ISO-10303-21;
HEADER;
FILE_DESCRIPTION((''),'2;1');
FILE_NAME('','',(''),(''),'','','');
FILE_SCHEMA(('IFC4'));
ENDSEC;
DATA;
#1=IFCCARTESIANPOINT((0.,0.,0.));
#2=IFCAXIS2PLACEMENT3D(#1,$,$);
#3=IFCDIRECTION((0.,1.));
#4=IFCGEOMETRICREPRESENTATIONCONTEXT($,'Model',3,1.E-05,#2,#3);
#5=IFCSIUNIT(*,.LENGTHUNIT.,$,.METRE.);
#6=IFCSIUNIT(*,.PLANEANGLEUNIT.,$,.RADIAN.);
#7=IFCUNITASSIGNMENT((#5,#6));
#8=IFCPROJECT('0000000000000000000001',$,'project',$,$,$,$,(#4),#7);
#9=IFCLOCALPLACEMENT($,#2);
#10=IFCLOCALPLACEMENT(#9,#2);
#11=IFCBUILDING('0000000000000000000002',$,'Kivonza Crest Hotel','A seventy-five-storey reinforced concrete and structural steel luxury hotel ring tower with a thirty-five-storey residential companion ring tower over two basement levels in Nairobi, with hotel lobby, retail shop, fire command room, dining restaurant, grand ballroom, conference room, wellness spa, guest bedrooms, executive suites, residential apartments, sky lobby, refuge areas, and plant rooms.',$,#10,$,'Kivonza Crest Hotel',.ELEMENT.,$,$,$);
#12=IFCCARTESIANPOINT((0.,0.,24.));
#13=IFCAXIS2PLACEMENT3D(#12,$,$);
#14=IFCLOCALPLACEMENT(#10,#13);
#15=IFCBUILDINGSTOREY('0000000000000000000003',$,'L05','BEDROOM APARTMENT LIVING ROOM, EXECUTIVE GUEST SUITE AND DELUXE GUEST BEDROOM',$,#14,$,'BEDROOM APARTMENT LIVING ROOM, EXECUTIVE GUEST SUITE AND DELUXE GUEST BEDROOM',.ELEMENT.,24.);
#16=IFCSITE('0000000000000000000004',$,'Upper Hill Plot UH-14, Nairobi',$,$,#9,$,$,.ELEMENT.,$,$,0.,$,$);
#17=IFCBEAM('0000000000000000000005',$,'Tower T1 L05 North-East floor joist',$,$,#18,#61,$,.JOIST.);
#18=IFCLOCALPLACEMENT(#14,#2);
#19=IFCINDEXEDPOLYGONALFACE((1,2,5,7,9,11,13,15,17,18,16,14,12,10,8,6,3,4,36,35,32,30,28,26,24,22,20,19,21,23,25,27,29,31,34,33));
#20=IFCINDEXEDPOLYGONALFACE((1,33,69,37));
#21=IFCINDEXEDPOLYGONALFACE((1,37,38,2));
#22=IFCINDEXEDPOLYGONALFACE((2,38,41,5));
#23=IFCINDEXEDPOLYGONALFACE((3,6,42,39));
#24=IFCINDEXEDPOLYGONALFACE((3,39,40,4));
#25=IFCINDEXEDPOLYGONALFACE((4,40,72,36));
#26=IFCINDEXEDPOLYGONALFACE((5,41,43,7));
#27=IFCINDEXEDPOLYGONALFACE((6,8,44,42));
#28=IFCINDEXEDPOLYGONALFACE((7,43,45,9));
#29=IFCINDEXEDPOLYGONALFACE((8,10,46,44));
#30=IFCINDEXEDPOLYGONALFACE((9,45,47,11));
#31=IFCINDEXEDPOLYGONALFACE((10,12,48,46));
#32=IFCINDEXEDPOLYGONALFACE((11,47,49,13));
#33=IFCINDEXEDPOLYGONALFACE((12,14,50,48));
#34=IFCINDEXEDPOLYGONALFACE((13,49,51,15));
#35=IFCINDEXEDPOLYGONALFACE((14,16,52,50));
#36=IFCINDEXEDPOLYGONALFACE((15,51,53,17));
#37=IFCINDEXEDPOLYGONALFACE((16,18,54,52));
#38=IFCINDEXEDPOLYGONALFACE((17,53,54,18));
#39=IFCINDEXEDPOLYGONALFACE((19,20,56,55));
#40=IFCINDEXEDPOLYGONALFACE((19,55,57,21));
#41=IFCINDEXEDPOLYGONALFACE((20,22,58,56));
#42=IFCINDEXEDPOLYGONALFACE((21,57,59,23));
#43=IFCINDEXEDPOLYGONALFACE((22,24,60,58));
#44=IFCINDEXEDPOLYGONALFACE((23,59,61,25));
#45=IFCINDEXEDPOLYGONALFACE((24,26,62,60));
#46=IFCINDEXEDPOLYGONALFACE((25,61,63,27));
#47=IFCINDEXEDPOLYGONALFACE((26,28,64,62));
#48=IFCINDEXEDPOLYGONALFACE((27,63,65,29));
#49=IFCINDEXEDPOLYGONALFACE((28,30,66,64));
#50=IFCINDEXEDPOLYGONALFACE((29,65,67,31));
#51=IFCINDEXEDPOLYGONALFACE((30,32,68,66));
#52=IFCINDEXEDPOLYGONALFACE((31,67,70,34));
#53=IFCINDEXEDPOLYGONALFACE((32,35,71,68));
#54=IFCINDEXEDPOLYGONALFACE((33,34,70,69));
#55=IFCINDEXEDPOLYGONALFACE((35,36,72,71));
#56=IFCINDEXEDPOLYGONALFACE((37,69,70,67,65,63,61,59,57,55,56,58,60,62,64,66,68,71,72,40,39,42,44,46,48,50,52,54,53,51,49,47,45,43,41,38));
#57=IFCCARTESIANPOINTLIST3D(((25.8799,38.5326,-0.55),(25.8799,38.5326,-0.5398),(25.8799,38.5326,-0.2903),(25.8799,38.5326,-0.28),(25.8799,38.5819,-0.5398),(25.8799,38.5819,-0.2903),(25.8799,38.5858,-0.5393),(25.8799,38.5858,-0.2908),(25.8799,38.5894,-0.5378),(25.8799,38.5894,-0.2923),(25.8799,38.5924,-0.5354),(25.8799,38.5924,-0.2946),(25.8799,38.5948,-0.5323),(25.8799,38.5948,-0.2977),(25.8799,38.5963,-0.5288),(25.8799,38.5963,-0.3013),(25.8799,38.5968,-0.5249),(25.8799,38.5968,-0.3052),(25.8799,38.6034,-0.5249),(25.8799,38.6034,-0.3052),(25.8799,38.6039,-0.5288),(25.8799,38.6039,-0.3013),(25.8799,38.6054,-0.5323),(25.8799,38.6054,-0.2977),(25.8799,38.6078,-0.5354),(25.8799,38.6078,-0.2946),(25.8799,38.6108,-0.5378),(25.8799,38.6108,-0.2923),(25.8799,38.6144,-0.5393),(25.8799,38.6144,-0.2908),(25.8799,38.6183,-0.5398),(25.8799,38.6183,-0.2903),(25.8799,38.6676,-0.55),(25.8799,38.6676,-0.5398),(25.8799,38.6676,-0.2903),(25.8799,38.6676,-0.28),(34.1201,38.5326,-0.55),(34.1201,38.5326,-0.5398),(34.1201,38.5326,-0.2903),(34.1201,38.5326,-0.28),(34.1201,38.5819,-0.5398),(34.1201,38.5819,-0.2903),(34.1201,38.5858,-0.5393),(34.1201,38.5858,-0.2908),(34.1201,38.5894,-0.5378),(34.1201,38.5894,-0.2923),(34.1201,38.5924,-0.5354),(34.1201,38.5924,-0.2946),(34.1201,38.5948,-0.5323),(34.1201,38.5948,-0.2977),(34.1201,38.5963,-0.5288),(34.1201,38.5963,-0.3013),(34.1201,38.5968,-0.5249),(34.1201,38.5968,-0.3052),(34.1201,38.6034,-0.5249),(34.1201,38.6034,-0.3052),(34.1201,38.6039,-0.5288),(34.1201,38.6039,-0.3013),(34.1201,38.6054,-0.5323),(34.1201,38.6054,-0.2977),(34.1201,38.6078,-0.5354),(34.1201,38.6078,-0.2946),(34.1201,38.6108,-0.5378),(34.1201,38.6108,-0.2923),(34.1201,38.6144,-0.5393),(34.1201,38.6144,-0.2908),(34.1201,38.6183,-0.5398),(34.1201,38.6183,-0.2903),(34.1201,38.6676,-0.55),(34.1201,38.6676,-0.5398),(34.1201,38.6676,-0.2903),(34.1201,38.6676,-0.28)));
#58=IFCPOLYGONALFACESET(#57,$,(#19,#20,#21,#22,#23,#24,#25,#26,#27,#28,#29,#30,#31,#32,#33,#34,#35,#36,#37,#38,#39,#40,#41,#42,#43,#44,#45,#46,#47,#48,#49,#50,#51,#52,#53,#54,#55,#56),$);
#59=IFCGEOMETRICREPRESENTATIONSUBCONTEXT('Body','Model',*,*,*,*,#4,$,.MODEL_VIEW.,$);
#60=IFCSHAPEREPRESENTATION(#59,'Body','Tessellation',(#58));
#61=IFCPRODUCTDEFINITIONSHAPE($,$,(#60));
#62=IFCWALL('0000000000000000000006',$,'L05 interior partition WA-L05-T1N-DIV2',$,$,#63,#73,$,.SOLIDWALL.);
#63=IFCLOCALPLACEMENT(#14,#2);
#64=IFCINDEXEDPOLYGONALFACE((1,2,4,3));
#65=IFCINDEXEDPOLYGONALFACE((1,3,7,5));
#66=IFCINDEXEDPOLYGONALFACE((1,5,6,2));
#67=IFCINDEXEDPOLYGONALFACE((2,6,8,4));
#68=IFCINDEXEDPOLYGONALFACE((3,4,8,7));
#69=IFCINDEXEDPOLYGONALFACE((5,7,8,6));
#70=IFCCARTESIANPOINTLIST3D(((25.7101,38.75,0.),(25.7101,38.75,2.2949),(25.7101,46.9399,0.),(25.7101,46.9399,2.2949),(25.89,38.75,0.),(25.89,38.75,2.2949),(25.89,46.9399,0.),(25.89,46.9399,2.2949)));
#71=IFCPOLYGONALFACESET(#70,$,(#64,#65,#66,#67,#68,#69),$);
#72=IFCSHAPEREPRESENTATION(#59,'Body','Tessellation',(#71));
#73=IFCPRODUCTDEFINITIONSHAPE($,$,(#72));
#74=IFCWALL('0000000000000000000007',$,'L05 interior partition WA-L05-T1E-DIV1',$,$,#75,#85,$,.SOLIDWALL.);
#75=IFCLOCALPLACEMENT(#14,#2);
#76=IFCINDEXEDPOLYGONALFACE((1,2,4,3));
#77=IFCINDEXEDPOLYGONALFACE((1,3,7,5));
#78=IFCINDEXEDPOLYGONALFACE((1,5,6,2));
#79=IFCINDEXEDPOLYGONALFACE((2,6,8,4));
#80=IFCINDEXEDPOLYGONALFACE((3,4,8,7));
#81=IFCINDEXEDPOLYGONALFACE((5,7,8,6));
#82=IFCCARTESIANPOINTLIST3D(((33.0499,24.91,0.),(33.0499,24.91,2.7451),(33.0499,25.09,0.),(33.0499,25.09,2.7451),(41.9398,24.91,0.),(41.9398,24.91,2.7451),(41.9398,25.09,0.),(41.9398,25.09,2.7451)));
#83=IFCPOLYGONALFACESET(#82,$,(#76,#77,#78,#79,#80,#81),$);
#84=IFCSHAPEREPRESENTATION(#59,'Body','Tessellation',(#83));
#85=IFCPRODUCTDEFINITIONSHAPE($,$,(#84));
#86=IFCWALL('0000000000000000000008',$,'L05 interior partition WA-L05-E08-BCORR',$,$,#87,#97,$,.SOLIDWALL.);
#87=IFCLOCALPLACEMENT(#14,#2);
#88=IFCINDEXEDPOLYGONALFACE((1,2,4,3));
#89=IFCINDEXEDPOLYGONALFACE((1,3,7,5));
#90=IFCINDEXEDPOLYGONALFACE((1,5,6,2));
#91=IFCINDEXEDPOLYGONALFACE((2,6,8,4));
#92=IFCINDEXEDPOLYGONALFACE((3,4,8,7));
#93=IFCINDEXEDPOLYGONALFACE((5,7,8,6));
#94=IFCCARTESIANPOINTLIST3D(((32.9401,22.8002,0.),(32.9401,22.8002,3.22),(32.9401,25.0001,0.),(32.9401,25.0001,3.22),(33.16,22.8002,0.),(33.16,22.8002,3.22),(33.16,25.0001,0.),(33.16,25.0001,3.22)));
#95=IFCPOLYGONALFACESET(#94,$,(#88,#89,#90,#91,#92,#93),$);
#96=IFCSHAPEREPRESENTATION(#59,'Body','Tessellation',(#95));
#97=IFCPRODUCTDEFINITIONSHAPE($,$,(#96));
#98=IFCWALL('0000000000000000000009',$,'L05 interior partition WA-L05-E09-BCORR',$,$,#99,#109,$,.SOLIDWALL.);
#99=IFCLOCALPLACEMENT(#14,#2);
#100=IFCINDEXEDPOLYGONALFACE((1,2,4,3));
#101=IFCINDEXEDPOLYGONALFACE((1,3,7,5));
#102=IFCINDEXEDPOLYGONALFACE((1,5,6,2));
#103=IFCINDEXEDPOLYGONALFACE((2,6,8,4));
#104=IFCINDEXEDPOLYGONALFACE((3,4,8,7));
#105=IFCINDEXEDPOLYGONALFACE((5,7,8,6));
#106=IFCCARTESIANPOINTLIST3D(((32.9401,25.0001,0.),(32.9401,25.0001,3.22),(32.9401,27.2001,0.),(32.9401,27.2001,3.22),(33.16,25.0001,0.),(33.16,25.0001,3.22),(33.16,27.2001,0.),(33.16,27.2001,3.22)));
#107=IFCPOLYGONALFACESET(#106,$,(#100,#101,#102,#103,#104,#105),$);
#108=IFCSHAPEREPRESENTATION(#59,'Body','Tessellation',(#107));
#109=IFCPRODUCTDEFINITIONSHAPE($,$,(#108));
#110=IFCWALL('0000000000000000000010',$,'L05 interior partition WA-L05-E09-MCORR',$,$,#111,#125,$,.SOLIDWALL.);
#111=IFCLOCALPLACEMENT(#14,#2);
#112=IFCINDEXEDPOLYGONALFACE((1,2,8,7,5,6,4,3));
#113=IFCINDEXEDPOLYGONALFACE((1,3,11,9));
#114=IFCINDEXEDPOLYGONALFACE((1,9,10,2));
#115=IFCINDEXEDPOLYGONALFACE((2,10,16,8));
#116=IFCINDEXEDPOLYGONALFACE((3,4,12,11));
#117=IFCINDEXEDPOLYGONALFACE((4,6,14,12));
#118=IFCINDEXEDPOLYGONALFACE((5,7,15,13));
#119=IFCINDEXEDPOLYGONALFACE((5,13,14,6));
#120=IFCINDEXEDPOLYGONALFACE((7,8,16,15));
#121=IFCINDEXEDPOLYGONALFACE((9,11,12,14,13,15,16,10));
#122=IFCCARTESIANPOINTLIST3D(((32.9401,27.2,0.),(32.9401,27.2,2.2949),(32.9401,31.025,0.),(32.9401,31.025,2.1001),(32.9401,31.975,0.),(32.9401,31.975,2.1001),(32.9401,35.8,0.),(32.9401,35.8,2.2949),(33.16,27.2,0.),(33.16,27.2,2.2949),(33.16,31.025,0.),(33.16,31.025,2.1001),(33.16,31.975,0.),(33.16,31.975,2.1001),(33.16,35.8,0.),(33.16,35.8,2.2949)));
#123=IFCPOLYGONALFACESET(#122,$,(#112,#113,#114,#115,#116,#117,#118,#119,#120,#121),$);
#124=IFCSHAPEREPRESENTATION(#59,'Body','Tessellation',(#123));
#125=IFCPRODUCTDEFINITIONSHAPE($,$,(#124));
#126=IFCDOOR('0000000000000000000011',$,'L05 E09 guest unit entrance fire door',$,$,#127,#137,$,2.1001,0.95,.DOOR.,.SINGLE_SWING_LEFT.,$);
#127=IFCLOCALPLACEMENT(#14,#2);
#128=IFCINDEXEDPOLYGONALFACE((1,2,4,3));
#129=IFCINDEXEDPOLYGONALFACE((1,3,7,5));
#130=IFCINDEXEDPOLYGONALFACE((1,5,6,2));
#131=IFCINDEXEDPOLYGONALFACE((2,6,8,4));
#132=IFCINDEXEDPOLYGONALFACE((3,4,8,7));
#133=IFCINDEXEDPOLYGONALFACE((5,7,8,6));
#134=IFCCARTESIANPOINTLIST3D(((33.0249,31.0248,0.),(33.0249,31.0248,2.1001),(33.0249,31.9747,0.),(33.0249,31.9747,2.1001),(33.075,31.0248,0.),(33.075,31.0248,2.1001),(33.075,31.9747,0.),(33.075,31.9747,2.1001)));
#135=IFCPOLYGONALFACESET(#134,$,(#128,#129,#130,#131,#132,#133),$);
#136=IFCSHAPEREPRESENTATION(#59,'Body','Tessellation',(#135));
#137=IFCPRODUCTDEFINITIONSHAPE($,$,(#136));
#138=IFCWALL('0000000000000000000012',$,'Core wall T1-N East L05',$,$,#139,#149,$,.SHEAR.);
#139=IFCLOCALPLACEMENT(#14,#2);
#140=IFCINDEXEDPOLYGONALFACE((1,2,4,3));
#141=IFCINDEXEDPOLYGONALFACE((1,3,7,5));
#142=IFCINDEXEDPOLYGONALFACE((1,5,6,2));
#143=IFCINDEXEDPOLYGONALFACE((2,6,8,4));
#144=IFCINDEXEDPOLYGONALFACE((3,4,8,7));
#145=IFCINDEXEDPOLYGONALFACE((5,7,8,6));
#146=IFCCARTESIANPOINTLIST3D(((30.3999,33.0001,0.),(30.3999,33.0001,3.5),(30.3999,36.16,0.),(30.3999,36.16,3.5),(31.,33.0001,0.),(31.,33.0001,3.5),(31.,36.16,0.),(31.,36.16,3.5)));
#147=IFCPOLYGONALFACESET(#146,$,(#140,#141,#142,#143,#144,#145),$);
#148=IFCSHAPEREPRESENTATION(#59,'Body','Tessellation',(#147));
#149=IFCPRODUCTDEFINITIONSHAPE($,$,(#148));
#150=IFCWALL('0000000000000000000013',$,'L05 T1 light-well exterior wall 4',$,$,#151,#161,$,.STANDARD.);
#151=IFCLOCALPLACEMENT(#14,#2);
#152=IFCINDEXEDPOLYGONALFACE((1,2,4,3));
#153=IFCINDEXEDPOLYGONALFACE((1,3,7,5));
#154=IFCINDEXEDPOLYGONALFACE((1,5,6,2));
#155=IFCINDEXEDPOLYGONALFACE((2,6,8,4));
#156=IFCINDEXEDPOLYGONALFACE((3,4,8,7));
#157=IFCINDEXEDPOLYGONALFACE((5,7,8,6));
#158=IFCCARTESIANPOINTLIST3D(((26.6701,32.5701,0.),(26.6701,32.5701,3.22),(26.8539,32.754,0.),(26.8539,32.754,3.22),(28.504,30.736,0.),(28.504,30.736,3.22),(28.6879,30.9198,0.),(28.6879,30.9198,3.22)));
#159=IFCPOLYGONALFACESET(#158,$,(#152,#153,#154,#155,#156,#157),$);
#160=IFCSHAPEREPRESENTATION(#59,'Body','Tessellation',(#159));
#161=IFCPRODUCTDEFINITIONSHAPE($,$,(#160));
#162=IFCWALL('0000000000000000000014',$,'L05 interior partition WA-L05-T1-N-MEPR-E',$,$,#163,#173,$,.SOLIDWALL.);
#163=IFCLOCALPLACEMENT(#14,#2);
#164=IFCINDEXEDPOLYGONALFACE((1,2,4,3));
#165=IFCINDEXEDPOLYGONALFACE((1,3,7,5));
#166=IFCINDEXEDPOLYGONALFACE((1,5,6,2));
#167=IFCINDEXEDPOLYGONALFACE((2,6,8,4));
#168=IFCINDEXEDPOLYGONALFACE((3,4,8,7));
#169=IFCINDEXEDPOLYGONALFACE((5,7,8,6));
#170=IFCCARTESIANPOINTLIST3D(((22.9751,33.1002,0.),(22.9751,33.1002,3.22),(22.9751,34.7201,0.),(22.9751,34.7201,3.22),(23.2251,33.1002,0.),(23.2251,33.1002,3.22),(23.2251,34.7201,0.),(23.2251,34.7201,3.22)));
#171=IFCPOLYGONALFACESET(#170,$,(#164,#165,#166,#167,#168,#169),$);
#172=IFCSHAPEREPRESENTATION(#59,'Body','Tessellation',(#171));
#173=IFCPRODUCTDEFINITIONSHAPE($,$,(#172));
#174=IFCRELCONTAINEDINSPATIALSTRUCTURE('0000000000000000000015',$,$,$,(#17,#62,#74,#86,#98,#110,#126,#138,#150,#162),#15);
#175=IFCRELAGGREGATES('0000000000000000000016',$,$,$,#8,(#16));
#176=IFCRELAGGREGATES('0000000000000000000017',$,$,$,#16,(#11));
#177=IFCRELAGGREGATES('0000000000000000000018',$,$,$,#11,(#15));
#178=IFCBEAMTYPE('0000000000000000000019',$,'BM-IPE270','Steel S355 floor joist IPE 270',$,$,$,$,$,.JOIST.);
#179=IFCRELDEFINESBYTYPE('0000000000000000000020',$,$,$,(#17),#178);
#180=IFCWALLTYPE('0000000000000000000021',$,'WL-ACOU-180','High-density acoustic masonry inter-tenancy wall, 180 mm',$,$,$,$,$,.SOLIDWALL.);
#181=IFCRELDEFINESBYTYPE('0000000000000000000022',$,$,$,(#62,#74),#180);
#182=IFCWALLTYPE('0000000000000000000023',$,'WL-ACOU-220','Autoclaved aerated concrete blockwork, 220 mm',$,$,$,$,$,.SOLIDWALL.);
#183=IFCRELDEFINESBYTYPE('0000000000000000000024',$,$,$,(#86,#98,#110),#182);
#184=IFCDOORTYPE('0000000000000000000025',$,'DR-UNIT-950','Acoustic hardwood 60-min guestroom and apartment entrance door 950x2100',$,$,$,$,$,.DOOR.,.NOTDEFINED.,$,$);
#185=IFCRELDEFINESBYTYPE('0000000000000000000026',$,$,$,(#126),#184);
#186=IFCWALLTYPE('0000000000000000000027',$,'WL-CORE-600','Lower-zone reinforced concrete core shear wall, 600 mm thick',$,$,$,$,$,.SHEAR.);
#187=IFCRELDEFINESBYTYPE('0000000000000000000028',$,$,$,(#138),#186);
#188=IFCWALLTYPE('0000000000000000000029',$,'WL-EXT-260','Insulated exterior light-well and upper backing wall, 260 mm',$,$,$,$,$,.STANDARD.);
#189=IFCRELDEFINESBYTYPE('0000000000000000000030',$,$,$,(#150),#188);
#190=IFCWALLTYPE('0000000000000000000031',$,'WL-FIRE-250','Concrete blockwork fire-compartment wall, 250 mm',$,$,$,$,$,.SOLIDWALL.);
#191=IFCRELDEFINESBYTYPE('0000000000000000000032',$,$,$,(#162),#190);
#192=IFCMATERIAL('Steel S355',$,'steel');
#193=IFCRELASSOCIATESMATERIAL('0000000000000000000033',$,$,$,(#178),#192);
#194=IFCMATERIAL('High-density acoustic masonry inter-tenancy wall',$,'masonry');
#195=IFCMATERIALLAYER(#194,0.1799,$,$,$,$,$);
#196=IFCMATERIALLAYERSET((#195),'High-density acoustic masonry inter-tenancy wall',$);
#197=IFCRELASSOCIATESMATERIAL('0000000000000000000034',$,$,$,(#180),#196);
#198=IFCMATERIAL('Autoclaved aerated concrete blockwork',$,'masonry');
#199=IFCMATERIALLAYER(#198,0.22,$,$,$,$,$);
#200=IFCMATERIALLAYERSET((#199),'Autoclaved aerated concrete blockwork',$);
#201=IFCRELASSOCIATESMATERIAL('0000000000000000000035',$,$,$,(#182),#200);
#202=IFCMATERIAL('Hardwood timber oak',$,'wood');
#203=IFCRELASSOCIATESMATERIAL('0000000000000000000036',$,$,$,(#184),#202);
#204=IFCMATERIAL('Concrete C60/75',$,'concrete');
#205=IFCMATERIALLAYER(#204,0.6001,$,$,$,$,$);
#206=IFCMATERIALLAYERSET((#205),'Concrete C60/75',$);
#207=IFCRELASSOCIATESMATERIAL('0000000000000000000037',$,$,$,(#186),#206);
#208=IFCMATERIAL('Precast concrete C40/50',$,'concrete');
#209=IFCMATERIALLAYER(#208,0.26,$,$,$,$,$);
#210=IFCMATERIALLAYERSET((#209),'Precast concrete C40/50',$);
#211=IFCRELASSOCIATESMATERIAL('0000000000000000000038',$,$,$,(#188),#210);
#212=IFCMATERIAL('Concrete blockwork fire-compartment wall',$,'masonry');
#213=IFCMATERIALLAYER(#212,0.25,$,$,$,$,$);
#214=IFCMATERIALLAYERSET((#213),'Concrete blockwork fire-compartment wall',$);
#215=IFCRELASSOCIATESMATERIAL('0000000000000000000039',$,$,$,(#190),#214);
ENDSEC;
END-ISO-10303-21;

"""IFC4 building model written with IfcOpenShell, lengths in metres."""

from ifc_helpers import new_model, si_unit, direction, frame, frame_2d, origin, origin_2d, place, context, subcontext, project, spatial, rectangle, i_section, extrude, material, layer, layer_set, material_profile, profile_set, type_object, element, fill, save


model = new_model("IFC4")

# Units and contexts
model_context = context("Model", 3, precision=1e-05, world=origin(), true_north=direction((0.0, 1.0)))
body_context = subcontext(model_context, "Body", "Model", "MODEL_VIEW")
ifc_project = project(units=[si_unit("LENGTHUNIT", "METRE"), si_unit("PLANEANGLEUNIT", "RADIAN")], contexts=[model_context])

# Site, building, storey
site_placement = place(None, origin())
site = spatial("IfcSite", under=ifc_project, at=site_placement, Name="Upper Hill Plot UH-14, Nairobi", CompositionType="ELEMENT", RefElevation=0.0)
building_placement = place(site_placement, origin())
building = spatial("IfcBuilding", under=site, at=building_placement, Name="Kivonza Crest Hotel", Description="A seventy-five-storey reinforced concrete and structural steel luxury hotel ring tower with a thirty-five-storey residential companion ring tower over two basement levels in Nairobi, with hotel lobby, retail shop, fire command room, dining restaurant, grand ballroom, conference room, wellness spa, guest bedrooms, executive suites, residential apartments, sky lobby, refuge areas, and plant rooms.", LongName="Kivonza Crest Hotel", CompositionType="ELEMENT")
storey_placement = place(building_placement, frame((0.0, 0.0, 24.0)))
storey = spatial("IfcBuildingStorey", under=building, at=storey_placement, Name="L05", Description="BEDROOM APARTMENT LIVING ROOM, EXECUTIVE GUEST SUITE AND DELUXE GUEST BEDROOM", LongName="BEDROOM APARTMENT LIVING ROOM, EXECUTIVE GUEST SUITE AND DELUXE GUEST BEDROOM", CompositionType="ELEMENT", Elevation=24.0)

# Shared definitions
ifc_material_1 = material(Name="Concrete C60/75", Category="concrete")

# Beam
ifc_material_2 = material(Name="Steel S355", Category="steel")
ifc_material_profile_1 = material_profile(ifc_material_2, i_section(OverallWidth=0.135, OverallDepth=0.27, WebThickness=0.0066, FlangeThickness=0.0103, FilletRadius=0.0149, at=origin_2d()), Name="IPE 270")
ifc_profile_set_1 = profile_set([ifc_material_profile_1], Name="Steel S355")
beam_type_1 = type_object("IfcBeamType", Name="BM-IPE270", Description="Steel S355 floor joist IPE 270", PredefinedType="JOIST", material=ifc_profile_set_1)
beam_1_placement = place(storey_placement, frame((25.8799, 38.6001, -0.415), z_axis=(1.0, 0.0, 0.0), x_axis=(0.0, 1.0, 0.0)))
element("IfcBeam", 1, at=beam_1_placement, inside=storey, type_object=beam_type_1, Name="Tower T1 L05 North-East floor joist", PredefinedType="JOIST", context=body_context, shape_type="SweptSolid", body=[
    extrude(i_section(OverallWidth=0.135, OverallDepth=0.27, WebThickness=0.0066, FlangeThickness=0.0103, FilletRadius=0.0149, at=origin_2d()), origin(), (0.0, 0.0, 1.0), 8.2402),
])

# Walls
ifc_material_3 = material(Name="High-density acoustic masonry inter-tenancy wall", Category="masonry")
ifc_layer_1 = layer(ifc_material_3, 0.1799)
ifc_layer_set_1 = layer_set([ifc_layer_1], Name="High-density acoustic masonry inter-tenancy wall")
wall_type_1 = type_object("IfcWallType", Name="WL-ACOU-180", Description="High-density acoustic masonry inter-tenancy wall, 180 mm", PredefinedType="SOLIDWALL", material=ifc_layer_set_1)
wall_1_placement = place(storey_placement, frame((25.8, 38.75, 0.0), z_axis=(0.0, 0.0, 1.0), x_axis=(0.0, 1.0, 0.0)))
element("IfcWall", 2, at=wall_1_placement, inside=storey, type_object=wall_type_1, Name="L05 interior partition WA-L05-T1N-DIV2", PredefinedType="SOLIDWALL", context=body_context, shape_type="SweptSolid", body=[
    extrude(rectangle(XDim=8.1899, YDim=0.1799, at=frame_2d((4.095, 0.0))), origin(), (0.0, 0.0, 1.0), 2.2949),
])
wall_2_placement = place(storey_placement, frame((33.05, 25.0, 0.0), z_axis=(0.0, 0.0, 1.0), x_axis=(1.0, 0.0, 0.0)))
element("IfcWall", 3, at=wall_2_placement, inside=storey, type_object=wall_type_1, Name="L05 interior partition WA-L05-T1E-DIV1", PredefinedType="SOLIDWALL", context=body_context, shape_type="SweptSolid", body=[
    extrude(rectangle(XDim=8.8899, YDim=0.1799, at=frame_2d((4.4448, 0.0))), origin(), (0.0, 0.0, 1.0), 2.7451),
])
ifc_material_4 = material(Name="Autoclaved aerated concrete blockwork", Category="masonry")
ifc_layer_2 = layer(ifc_material_4, 0.22)
ifc_layer_set_2 = layer_set([ifc_layer_2], Name="Autoclaved aerated concrete blockwork")
wall_type_2 = type_object("IfcWallType", Name="WL-ACOU-220", Description="Autoclaved aerated concrete blockwork, 220 mm", PredefinedType="SOLIDWALL", material=ifc_layer_set_2)
for number, where, z_axis, x_axis, name in (
    (4, (33.05, 22.8, 0.0), (0.0, 0.0, 1.0), (0.0, 1.0, 0.0), "L05 interior partition WA-L05-E08-BCORR"),
    (5, (33.05, 25.0, 0.0), (0.0, 0.0, 1.0), (0.0, 1.0, 0.0), "L05 interior partition WA-L05-E09-BCORR"),
):
    element("IfcWall", number, at=place(storey_placement, frame(where, z_axis=z_axis, x_axis=x_axis)), inside=storey, type_object=wall_type_2, Name=name, PredefinedType="SOLIDWALL", context=body_context, shape_type="SweptSolid", body=[
        extrude(rectangle(XDim=2.2, YDim=0.22, at=frame_2d((1.1001, 0.0))), origin(), (0.0, 0.0, 1.0), 3.22),
    ])

# Wall, opening, door
wall_3_placement = place(storey_placement, frame((33.05, 27.2, 0.0), z_axis=(0.0, 0.0, 1.0), x_axis=(0.0, 1.0, 0.0)))
wall_3 = element("IfcWall", 6, at=wall_3_placement, inside=storey, type_object=wall_type_2, Name="L05 interior partition WA-L05-E09-MCORR", PredefinedType="SOLIDWALL", context=body_context, shape_type="SweptSolid", body=[
    extrude(rectangle(XDim=8.6001, YDim=0.22, at=frame_2d((4.3, 0.0))), origin(), (0.0, 0.0, 1.0), 2.2949),
])
opening_1_placement = place(wall_3_placement, frame((3.825, 0.0, 0.0)))
opening_1 = element("IfcOpeningElement", 7, at=opening_1_placement, cuts=wall_3, PredefinedType="OPENING", context=body_context, shape_type="SweptSolid", body=[
    extrude(rectangle(XDim=0.95, YDim=2.1001, at=frame_2d((0.4751, 1.05))), frame((0.0, 0.1201, 0.0), z_axis=(0.0, -1.0, 0.0), x_axis=(1.0, 0.0, 0.0)), (0.0, 0.0, 1.0), 0.24),
])
ifc_material_5 = material(Name="Hardwood timber oak", Category="wood")
door_type_1 = type_object("IfcDoorType", Name="DR-UNIT-950", Description="Acoustic hardwood 60-min guestroom and apartment entrance door 950x2100", OperationType="NOTDEFINED", PredefinedType="DOOR", material=ifc_material_5)
door_1_placement = place(opening_1_placement, frame((0.95, 0.0, 0.0), z_axis=(0.0, 0.0, 1.0), x_axis=(-1.0, 0.0, 0.0)))
door_1 = element("IfcDoor", 8, at=door_1_placement, inside=storey, type_object=door_type_1, Name="L05 E09 guest unit entrance fire door", OperationType="SINGLE_SWING_LEFT", OverallHeight=2.1001, OverallWidth=0.95, PredefinedType="DOOR", context=body_context, shape_type="SweptSolid", body=[
    extrude(rectangle(XDim=0.95, YDim=2.1001, at=frame_2d((0.4751, 1.05))), frame((0.0, 0.0249, 0.0), z_axis=(0.0, -1.0, 0.0), x_axis=(1.0, 0.0, 0.0)), (0.0, 0.0, 1.0), 0.05),
])
fill(opening_1, door_1)

# Walls
ifc_layer_3 = layer(ifc_material_1, 0.6001)
ifc_layer_set_3 = layer_set([ifc_layer_3], Name="Concrete C60/75")
wall_type_3 = type_object("IfcWallType", Name="WL-CORE-600", Description="Lower-zone reinforced concrete core shear wall, 600 mm thick", PredefinedType="SHEAR", material=ifc_layer_set_3)
wall_4_placement = place(storey_placement, frame((30.7, 33.0, 0.0), z_axis=(0.0, 0.0, 1.0), x_axis=(0.0, 1.0, 0.0)))
element("IfcWall", 9, at=wall_4_placement, inside=storey, type_object=wall_type_3, Name="Core wall T1-N East L05", PredefinedType="SHEAR", context=body_context, shape_type="SweptSolid", body=[
    extrude(rectangle(XDim=3.1599, YDim=0.6001, at=frame_2d((1.5801, 0.0))), origin(), (0.0, 0.0, 1.0), 3.5),
])
ifc_material_6 = material(Name="Precast concrete C40/50", Category="concrete")
ifc_layer_4 = layer(ifc_material_6, 0.26)
ifc_layer_set_4 = layer_set([ifc_layer_4], Name="Precast concrete C40/50")
wall_type_4 = type_object("IfcWallType", Name="WL-EXT-260", Description="Insulated exterior light-well and upper backing wall, 260 mm", PredefinedType="STANDARD", material=ifc_layer_set_4)
wall_5_placement = place(storey_placement, frame((28.5959, 30.8279, 0.0), z_axis=(0.0, 0.0, 1.0), x_axis=(-0.70706, 0.707154, 0.0)))
element("IfcWall", 10, at=wall_5_placement, inside=storey, type_object=wall_type_4, Name="L05 T1 light-well exterior wall 4", PredefinedType="STANDARD", context=body_context, shape_type="SweptSolid", body=[
    extrude(rectangle(XDim=2.5938, YDim=0.26, at=frame_2d((1.2969, 0.0))), origin(), (0.0, 0.0, 1.0), 3.22),
])
ifc_material_7 = material(Name="Concrete blockwork fire-compartment wall", Category="masonry")
ifc_layer_5 = layer(ifc_material_7, 0.25)
ifc_layer_set_5 = layer_set([ifc_layer_5], Name="Concrete blockwork fire-compartment wall")
wall_type_5 = type_object("IfcWallType", Name="WL-FIRE-250", Description="Concrete blockwork fire-compartment wall, 250 mm", PredefinedType="SOLIDWALL", material=ifc_layer_set_5)
wall_6_placement = place(storey_placement, frame((23.1001, 33.1001, 0.0), z_axis=(0.0, 0.0, 1.0), x_axis=(0.0, 1.0, 0.0)))
element("IfcWall", 11, at=wall_6_placement, inside=storey, type_object=wall_type_5, Name="L05 interior partition WA-L05-T1-N-MEPR-E", PredefinedType="SOLIDWALL", context=body_context, shape_type="SweptSolid", body=[
    extrude(rectangle(XDim=1.6199, YDim=0.25, at=frame_2d((0.8101, 0.0))), origin(), (0.0, 0.0, 1.0), 3.22),
])

save(model, "model.ifc")
